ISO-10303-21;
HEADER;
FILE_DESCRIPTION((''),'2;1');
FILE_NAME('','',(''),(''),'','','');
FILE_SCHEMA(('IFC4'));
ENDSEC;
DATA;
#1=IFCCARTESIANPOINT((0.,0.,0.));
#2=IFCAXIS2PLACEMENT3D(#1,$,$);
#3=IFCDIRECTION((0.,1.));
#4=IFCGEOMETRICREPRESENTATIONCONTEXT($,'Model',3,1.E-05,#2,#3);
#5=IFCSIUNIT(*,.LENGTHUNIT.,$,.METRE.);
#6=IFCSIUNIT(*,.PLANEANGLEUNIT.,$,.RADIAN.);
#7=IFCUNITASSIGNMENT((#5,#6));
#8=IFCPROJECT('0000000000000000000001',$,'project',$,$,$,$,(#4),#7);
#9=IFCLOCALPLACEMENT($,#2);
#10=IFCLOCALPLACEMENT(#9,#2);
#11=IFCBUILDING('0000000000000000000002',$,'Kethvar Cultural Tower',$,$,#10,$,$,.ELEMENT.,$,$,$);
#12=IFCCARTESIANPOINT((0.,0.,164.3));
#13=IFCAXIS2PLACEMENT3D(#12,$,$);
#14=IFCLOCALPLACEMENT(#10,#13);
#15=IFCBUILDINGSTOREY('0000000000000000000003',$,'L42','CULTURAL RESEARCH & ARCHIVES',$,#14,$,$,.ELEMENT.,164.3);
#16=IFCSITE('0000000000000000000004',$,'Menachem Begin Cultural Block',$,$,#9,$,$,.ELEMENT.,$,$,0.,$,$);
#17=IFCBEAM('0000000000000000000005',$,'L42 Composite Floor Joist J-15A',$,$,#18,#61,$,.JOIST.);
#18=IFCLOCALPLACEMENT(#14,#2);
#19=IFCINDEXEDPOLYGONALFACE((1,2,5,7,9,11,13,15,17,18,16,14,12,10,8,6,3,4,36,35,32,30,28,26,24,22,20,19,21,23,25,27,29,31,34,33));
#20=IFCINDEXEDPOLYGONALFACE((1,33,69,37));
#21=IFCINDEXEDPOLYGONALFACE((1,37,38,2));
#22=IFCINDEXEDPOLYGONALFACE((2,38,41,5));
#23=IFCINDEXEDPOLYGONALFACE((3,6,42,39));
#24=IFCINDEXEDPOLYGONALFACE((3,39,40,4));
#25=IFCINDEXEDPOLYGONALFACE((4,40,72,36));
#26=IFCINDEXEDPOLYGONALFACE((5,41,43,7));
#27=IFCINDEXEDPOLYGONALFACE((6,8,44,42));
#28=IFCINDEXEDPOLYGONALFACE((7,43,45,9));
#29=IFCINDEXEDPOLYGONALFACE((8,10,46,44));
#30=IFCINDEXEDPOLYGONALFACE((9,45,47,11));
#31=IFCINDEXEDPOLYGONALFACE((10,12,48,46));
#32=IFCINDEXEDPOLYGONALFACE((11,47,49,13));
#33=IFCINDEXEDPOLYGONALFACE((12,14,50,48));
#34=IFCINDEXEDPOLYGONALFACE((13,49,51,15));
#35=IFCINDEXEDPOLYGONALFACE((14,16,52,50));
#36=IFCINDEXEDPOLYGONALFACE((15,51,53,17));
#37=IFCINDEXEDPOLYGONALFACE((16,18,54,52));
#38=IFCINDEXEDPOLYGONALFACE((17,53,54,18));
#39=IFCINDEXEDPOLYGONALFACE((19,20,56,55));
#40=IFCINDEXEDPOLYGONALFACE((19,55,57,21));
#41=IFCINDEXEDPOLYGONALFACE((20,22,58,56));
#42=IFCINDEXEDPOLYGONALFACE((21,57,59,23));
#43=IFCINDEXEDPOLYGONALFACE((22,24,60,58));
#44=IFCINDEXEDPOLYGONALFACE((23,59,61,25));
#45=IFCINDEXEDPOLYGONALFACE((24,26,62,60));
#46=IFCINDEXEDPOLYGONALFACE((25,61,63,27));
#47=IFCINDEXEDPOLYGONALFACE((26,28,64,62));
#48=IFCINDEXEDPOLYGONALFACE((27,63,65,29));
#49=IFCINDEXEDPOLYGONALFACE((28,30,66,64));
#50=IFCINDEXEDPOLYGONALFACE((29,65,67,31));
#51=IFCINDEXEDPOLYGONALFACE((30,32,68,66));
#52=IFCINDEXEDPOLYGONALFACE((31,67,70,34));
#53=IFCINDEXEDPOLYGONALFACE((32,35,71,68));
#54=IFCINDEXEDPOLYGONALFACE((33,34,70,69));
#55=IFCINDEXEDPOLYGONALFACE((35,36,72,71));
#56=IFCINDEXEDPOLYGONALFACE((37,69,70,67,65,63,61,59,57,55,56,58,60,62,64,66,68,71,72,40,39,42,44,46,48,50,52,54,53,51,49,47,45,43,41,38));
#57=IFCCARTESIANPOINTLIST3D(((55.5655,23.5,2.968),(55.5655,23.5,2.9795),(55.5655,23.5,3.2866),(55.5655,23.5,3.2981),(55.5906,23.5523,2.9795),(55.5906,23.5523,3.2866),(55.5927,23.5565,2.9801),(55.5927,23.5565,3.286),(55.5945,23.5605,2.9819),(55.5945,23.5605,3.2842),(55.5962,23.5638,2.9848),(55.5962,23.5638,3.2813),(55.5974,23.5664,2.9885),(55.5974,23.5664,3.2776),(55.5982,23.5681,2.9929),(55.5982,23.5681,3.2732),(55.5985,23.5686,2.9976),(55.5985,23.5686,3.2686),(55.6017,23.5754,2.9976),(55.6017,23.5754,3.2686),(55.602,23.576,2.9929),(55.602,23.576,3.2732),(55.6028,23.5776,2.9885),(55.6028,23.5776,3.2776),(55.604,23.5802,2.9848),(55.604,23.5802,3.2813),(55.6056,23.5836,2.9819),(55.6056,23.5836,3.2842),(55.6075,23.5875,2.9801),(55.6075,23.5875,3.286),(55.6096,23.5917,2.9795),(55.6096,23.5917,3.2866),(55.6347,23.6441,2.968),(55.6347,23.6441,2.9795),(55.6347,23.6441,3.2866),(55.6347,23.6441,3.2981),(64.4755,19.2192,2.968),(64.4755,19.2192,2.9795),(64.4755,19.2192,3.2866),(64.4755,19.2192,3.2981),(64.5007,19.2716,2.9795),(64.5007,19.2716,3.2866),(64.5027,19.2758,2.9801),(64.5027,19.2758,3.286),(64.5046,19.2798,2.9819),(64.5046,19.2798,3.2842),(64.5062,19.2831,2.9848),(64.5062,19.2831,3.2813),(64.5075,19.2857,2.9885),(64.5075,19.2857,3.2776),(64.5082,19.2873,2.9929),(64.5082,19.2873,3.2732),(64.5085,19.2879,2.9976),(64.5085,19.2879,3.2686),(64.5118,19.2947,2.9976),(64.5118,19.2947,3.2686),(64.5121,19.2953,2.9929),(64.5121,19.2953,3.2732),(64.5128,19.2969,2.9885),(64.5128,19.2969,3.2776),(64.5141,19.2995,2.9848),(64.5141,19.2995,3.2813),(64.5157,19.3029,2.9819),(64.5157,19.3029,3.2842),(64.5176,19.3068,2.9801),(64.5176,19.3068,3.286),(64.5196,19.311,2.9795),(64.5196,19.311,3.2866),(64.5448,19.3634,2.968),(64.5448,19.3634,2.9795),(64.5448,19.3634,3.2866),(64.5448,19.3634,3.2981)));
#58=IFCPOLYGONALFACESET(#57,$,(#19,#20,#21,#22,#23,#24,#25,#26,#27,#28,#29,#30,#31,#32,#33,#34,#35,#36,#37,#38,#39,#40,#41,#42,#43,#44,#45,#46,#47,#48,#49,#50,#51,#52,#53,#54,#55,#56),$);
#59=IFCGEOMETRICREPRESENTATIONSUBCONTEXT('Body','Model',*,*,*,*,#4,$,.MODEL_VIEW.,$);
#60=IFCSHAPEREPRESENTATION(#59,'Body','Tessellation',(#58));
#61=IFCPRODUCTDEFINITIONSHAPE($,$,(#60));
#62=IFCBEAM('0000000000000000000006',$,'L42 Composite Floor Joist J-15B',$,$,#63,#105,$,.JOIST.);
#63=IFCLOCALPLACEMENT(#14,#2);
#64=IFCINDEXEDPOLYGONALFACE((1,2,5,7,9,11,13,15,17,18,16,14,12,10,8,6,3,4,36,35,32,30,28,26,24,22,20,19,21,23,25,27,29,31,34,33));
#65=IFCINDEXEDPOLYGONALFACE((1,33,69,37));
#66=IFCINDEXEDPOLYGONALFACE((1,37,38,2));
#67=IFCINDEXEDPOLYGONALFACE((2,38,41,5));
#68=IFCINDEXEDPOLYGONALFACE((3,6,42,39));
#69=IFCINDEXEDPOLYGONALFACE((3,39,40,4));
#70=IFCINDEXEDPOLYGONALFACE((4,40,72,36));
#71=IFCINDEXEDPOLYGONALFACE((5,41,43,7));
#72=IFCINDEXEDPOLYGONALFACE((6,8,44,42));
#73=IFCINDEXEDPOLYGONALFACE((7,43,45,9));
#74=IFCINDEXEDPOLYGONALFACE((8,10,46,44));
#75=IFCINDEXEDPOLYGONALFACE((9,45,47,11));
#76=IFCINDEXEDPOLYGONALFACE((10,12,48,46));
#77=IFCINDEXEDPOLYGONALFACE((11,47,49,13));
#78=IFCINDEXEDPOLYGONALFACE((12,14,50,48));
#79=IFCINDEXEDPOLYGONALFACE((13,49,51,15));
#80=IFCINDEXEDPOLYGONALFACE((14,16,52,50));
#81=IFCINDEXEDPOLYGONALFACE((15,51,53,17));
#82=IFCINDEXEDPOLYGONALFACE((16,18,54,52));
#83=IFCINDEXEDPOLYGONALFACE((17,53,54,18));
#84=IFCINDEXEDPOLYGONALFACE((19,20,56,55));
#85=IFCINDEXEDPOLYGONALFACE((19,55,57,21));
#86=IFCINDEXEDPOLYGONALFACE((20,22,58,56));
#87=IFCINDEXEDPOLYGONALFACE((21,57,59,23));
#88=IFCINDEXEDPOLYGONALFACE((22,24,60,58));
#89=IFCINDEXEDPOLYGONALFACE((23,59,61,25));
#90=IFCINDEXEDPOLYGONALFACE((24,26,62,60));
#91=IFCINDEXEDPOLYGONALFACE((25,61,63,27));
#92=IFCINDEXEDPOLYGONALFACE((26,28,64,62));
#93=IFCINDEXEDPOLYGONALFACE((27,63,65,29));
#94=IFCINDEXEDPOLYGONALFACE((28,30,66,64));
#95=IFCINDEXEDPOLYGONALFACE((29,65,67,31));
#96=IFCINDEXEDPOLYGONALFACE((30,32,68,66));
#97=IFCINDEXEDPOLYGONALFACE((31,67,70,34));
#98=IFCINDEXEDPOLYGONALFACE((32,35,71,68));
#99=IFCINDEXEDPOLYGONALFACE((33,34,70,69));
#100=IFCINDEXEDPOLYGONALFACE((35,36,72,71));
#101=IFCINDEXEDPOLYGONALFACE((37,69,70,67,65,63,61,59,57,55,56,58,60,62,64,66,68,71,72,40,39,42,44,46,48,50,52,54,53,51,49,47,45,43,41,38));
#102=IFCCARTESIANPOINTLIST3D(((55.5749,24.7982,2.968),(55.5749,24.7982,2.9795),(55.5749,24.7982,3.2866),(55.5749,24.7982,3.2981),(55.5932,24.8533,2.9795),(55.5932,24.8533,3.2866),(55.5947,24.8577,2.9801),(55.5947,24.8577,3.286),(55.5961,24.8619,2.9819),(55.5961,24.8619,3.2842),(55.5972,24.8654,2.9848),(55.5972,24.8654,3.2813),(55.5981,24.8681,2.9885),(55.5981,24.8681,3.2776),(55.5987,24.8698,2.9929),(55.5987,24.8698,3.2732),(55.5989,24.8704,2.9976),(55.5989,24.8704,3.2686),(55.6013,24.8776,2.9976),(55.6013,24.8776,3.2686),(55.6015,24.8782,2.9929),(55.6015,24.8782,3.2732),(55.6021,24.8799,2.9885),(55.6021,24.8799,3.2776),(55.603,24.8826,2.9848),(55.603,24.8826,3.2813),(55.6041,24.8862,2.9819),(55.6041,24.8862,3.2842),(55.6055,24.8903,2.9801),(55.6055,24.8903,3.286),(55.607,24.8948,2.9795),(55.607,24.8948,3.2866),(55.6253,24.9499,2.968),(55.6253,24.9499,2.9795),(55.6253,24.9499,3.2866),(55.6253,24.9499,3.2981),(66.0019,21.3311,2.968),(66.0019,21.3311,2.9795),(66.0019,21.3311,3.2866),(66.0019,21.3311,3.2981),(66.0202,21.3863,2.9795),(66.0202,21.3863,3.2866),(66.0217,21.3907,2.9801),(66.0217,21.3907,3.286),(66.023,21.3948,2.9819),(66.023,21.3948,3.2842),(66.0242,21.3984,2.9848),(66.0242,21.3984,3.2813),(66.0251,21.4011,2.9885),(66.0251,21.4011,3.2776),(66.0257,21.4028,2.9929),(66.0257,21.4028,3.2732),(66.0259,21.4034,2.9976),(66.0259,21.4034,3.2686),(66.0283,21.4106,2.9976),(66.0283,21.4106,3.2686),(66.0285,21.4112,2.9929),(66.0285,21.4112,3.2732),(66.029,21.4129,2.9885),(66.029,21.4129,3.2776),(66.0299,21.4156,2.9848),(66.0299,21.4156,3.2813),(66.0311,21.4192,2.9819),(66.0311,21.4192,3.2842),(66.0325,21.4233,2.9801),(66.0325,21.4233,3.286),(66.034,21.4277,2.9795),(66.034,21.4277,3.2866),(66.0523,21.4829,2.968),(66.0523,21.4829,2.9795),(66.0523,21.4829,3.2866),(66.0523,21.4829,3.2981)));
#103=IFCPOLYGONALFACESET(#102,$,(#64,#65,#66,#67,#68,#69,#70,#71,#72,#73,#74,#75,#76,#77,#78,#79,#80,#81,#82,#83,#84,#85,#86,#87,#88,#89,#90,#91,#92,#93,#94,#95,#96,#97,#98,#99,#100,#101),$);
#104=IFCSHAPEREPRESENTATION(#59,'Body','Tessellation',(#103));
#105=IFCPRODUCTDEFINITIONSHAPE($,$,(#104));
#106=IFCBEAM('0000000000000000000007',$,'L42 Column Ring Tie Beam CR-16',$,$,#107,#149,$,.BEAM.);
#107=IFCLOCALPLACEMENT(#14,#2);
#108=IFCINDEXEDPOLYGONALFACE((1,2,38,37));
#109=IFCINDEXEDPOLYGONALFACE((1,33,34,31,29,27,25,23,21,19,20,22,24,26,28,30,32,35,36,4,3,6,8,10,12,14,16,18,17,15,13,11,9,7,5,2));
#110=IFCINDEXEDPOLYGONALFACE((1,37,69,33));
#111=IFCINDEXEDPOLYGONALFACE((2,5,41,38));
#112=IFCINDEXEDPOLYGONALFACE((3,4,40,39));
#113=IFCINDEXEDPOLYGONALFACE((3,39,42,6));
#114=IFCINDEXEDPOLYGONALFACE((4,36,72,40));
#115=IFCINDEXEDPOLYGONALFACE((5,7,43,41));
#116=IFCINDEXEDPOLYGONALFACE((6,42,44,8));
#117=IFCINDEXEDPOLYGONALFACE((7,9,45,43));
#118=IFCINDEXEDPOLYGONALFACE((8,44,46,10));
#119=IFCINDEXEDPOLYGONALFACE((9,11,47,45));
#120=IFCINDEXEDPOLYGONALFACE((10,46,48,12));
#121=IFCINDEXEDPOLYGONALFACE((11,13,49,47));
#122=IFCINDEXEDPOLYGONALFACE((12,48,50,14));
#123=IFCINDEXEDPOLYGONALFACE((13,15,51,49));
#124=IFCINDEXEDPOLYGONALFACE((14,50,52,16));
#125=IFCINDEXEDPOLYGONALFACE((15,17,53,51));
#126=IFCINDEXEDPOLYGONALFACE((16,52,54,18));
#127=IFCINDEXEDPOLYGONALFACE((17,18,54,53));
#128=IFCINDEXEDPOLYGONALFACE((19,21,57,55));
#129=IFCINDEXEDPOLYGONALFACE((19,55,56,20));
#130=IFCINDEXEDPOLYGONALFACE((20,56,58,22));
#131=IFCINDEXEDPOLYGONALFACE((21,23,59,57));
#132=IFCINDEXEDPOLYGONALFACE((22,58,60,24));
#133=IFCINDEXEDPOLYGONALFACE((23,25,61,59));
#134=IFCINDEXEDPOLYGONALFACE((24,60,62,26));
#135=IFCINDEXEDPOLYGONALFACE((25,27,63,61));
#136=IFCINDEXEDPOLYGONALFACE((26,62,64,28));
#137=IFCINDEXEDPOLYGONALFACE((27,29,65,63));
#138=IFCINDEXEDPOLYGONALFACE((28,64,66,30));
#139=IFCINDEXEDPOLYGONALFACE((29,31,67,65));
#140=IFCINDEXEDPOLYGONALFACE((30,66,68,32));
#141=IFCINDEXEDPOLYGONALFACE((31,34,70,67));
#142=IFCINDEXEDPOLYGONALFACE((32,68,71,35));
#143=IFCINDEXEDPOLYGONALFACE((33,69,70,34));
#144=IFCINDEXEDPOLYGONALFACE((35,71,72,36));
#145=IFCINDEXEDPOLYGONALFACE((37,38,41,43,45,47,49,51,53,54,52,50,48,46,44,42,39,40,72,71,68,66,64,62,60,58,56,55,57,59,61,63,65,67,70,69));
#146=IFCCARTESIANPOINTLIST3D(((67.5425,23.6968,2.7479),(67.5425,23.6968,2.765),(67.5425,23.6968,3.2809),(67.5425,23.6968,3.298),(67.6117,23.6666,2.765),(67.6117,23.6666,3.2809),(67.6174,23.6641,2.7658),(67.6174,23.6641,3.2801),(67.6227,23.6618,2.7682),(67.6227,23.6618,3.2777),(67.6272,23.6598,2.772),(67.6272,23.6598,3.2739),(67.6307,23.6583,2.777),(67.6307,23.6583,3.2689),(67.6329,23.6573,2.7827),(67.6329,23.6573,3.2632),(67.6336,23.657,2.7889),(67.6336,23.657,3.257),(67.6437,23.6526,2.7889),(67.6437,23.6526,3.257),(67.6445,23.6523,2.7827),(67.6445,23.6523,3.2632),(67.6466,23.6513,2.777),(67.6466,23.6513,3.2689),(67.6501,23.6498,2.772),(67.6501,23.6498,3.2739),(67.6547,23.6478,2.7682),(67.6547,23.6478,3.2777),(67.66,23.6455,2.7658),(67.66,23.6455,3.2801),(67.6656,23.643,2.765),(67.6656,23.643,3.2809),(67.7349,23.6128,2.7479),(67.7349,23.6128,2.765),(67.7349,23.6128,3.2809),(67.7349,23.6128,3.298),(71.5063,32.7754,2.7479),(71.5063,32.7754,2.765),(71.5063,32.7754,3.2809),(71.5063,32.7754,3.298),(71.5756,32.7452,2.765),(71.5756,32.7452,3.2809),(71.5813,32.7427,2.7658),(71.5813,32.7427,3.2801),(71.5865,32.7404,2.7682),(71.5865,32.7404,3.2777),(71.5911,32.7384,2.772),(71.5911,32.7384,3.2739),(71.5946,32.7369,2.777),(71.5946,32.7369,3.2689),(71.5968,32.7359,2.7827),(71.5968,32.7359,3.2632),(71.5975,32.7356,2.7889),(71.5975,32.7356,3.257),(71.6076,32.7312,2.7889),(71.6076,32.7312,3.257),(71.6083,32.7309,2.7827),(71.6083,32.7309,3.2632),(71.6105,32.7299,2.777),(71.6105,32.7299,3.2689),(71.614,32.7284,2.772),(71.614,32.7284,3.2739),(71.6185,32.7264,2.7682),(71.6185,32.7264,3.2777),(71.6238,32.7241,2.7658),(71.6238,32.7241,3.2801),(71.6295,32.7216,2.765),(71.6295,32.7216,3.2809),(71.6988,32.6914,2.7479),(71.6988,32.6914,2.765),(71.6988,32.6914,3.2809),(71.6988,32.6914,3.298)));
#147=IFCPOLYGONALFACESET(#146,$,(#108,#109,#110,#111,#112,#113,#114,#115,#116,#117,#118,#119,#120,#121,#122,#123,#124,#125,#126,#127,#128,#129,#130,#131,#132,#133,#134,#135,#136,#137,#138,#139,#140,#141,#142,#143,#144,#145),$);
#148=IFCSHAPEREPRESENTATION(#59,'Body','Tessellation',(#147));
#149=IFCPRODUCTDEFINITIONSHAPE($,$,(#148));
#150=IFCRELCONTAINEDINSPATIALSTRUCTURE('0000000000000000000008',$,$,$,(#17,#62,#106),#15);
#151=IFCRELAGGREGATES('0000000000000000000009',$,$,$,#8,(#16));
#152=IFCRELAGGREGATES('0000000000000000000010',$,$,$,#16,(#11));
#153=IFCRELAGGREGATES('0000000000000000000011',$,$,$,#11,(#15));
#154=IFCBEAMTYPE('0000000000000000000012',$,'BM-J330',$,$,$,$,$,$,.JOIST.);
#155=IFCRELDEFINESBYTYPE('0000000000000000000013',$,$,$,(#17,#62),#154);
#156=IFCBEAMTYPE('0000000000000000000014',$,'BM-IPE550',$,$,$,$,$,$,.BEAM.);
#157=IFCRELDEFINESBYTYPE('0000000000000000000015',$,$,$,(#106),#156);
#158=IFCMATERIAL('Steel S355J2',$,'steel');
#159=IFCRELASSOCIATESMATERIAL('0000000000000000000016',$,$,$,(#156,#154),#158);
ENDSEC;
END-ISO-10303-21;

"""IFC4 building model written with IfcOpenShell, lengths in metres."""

from ifc_helpers import new_model, si_unit, direction, frame, origin, origin_2d, place, context, subcontext, project, spatial, i_section, extrude, source, transform, mapped, material, material_profile, profile_set, type_object, element, save


model = new_model("IFC4")

# Units and contexts
model_context = context("Model", 3, precision=1e-05, world=origin(), true_north=direction((0.0, 1.0)))
body_context = subcontext(model_context, "Body", "Model", "MODEL_VIEW")
ifc_project = project(units=[si_unit("LENGTHUNIT", "METRE"), si_unit("PLANEANGLEUNIT", "RADIAN")], contexts=[model_context])

# Site, building, storey
site_placement = place(None, origin())
site = spatial("IfcSite", under=ifc_project, at=site_placement, Name="Menachem Begin Cultural Block", CompositionType="ELEMENT", RefElevation=0.0)
building_placement = place(site_placement, origin())
building = spatial("IfcBuilding", under=site, at=building_placement, Name="Kethvar Cultural Tower", CompositionType="ELEMENT")
storey_placement = place(building_placement, frame((0.0, 0.0, 164.3)))
storey = spatial("IfcBuildingStorey", under=building, at=storey_placement, Name="L42", Description="CULTURAL RESEARCH & ARCHIVES", CompositionType="ELEMENT", Elevation=164.3)

# Beams
ifc_material_1 = material(Name="Steel S355J2", Category="steel")
ifc_material_profile_1 = material_profile(ifc_material_1, i_section(OverallWidth=0.21, OverallDepth=0.55, WebThickness=0.011, FlangeThickness=0.0171, FilletRadius=0.0239, at=origin_2d()), Name="Steel S355J2 — IPE550")
ifc_profile_set_1 = profile_set([ifc_material_profile_1], Name="Steel S355J2 — IPE550")
beam_type_1 = type_object("IfcBeamType", Name="BM-IPE550", PredefinedType="BEAM", material=ifc_profile_set_1)
ifc_material_profile_2 = material_profile(ifc_material_1, i_section(OverallWidth=0.1599, OverallDepth=0.3301, WebThickness=0.0076, FlangeThickness=0.0115, FilletRadius=0.0181, at=origin_2d()), Name="Steel S355J2 — IPE330")
ifc_profile_set_2 = profile_set([ifc_material_profile_2], Name="Steel S355J2 — IPE330")
beam_type_2 = type_object("IfcBeamType", Name="BM-J330", PredefinedType="JOIST", material=ifc_profile_set_2)
shared_shape_1 = source(origin(), body_context, "Body", "SweptSolid", [
    extrude(i_section(OverallWidth=0.1599, OverallDepth=0.3301, WebThickness=0.0076, FlangeThickness=0.0115, FilletRadius=0.0181, at=origin_2d()), origin(), (0.0, 0.0, 1.0), 9.885),
])
beam_1_placement = place(storey_placement, frame((55.6001, 23.572, 3.1331), z_axis=(0.90137, -0.433051, 0.0), x_axis=(0.433051, 0.90137, 0.0)))
element("IfcBeam", 1, at=beam_1_placement, inside=storey, type_object=beam_type_2, Name="L42 Composite Floor Joist J-15A", PredefinedType="JOIST", context=body_context, shape_type="MappedRepresentation", body=[
    mapped(shared_shape_1, transform((0.0, 0.0, 0.0), scale=1.0)),
])
shared_shape_2 = source(origin(), body_context, "Body", "SweptSolid", [
    extrude(i_section(OverallWidth=0.1599, OverallDepth=0.3301, WebThickness=0.0076, FlangeThickness=0.0115, FilletRadius=0.0181, at=origin_2d()), origin(), (0.0, 0.0, 1.0), 10.9883),
])
beam_2_placement = place(storey_placement, frame((55.6001, 24.874, 3.1331), z_axis=(0.948919, -0.315521, 0.0), x_axis=(0.315521, 0.948919, 0.0)))
element("IfcBeam", 2, at=beam_2_placement, inside=storey, type_object=beam_type_2, Name="L42 Composite Floor Joist J-15B", PredefinedType="JOIST", context=body_context, shape_type="MappedRepresentation", body=[
    mapped(shared_shape_2, transform((0.0, 0.0, 0.0), scale=1.0)),
])
shared_shape_3 = source(origin(), body_context, "Body", "SweptSolid", [
    extrude(i_section(OverallWidth=0.21, OverallDepth=0.55, WebThickness=0.011, FlangeThickness=0.0171, FilletRadius=0.0239, at=origin_2d()), origin(), (0.0, 0.0, 1.0), 9.9062),
])
beam_3_placement = place(storey_placement, frame((67.6387, 23.6548, 3.0229), z_axis=(0.400139, 0.916455, 0.0), x_axis=(-0.916455, 0.400139, 0.0)))
element("IfcBeam", 3, at=beam_3_placement, inside=storey, type_object=beam_type_1, Name="L42 Column Ring Tie Beam CR-16", PredefinedType="BEAM", context=body_context, shape_type="MappedRepresentation", body=[
    mapped(shared_shape_3, transform((0.0, 0.0, 0.0), scale=1.0)),
])

save(model, "model.ifc")
